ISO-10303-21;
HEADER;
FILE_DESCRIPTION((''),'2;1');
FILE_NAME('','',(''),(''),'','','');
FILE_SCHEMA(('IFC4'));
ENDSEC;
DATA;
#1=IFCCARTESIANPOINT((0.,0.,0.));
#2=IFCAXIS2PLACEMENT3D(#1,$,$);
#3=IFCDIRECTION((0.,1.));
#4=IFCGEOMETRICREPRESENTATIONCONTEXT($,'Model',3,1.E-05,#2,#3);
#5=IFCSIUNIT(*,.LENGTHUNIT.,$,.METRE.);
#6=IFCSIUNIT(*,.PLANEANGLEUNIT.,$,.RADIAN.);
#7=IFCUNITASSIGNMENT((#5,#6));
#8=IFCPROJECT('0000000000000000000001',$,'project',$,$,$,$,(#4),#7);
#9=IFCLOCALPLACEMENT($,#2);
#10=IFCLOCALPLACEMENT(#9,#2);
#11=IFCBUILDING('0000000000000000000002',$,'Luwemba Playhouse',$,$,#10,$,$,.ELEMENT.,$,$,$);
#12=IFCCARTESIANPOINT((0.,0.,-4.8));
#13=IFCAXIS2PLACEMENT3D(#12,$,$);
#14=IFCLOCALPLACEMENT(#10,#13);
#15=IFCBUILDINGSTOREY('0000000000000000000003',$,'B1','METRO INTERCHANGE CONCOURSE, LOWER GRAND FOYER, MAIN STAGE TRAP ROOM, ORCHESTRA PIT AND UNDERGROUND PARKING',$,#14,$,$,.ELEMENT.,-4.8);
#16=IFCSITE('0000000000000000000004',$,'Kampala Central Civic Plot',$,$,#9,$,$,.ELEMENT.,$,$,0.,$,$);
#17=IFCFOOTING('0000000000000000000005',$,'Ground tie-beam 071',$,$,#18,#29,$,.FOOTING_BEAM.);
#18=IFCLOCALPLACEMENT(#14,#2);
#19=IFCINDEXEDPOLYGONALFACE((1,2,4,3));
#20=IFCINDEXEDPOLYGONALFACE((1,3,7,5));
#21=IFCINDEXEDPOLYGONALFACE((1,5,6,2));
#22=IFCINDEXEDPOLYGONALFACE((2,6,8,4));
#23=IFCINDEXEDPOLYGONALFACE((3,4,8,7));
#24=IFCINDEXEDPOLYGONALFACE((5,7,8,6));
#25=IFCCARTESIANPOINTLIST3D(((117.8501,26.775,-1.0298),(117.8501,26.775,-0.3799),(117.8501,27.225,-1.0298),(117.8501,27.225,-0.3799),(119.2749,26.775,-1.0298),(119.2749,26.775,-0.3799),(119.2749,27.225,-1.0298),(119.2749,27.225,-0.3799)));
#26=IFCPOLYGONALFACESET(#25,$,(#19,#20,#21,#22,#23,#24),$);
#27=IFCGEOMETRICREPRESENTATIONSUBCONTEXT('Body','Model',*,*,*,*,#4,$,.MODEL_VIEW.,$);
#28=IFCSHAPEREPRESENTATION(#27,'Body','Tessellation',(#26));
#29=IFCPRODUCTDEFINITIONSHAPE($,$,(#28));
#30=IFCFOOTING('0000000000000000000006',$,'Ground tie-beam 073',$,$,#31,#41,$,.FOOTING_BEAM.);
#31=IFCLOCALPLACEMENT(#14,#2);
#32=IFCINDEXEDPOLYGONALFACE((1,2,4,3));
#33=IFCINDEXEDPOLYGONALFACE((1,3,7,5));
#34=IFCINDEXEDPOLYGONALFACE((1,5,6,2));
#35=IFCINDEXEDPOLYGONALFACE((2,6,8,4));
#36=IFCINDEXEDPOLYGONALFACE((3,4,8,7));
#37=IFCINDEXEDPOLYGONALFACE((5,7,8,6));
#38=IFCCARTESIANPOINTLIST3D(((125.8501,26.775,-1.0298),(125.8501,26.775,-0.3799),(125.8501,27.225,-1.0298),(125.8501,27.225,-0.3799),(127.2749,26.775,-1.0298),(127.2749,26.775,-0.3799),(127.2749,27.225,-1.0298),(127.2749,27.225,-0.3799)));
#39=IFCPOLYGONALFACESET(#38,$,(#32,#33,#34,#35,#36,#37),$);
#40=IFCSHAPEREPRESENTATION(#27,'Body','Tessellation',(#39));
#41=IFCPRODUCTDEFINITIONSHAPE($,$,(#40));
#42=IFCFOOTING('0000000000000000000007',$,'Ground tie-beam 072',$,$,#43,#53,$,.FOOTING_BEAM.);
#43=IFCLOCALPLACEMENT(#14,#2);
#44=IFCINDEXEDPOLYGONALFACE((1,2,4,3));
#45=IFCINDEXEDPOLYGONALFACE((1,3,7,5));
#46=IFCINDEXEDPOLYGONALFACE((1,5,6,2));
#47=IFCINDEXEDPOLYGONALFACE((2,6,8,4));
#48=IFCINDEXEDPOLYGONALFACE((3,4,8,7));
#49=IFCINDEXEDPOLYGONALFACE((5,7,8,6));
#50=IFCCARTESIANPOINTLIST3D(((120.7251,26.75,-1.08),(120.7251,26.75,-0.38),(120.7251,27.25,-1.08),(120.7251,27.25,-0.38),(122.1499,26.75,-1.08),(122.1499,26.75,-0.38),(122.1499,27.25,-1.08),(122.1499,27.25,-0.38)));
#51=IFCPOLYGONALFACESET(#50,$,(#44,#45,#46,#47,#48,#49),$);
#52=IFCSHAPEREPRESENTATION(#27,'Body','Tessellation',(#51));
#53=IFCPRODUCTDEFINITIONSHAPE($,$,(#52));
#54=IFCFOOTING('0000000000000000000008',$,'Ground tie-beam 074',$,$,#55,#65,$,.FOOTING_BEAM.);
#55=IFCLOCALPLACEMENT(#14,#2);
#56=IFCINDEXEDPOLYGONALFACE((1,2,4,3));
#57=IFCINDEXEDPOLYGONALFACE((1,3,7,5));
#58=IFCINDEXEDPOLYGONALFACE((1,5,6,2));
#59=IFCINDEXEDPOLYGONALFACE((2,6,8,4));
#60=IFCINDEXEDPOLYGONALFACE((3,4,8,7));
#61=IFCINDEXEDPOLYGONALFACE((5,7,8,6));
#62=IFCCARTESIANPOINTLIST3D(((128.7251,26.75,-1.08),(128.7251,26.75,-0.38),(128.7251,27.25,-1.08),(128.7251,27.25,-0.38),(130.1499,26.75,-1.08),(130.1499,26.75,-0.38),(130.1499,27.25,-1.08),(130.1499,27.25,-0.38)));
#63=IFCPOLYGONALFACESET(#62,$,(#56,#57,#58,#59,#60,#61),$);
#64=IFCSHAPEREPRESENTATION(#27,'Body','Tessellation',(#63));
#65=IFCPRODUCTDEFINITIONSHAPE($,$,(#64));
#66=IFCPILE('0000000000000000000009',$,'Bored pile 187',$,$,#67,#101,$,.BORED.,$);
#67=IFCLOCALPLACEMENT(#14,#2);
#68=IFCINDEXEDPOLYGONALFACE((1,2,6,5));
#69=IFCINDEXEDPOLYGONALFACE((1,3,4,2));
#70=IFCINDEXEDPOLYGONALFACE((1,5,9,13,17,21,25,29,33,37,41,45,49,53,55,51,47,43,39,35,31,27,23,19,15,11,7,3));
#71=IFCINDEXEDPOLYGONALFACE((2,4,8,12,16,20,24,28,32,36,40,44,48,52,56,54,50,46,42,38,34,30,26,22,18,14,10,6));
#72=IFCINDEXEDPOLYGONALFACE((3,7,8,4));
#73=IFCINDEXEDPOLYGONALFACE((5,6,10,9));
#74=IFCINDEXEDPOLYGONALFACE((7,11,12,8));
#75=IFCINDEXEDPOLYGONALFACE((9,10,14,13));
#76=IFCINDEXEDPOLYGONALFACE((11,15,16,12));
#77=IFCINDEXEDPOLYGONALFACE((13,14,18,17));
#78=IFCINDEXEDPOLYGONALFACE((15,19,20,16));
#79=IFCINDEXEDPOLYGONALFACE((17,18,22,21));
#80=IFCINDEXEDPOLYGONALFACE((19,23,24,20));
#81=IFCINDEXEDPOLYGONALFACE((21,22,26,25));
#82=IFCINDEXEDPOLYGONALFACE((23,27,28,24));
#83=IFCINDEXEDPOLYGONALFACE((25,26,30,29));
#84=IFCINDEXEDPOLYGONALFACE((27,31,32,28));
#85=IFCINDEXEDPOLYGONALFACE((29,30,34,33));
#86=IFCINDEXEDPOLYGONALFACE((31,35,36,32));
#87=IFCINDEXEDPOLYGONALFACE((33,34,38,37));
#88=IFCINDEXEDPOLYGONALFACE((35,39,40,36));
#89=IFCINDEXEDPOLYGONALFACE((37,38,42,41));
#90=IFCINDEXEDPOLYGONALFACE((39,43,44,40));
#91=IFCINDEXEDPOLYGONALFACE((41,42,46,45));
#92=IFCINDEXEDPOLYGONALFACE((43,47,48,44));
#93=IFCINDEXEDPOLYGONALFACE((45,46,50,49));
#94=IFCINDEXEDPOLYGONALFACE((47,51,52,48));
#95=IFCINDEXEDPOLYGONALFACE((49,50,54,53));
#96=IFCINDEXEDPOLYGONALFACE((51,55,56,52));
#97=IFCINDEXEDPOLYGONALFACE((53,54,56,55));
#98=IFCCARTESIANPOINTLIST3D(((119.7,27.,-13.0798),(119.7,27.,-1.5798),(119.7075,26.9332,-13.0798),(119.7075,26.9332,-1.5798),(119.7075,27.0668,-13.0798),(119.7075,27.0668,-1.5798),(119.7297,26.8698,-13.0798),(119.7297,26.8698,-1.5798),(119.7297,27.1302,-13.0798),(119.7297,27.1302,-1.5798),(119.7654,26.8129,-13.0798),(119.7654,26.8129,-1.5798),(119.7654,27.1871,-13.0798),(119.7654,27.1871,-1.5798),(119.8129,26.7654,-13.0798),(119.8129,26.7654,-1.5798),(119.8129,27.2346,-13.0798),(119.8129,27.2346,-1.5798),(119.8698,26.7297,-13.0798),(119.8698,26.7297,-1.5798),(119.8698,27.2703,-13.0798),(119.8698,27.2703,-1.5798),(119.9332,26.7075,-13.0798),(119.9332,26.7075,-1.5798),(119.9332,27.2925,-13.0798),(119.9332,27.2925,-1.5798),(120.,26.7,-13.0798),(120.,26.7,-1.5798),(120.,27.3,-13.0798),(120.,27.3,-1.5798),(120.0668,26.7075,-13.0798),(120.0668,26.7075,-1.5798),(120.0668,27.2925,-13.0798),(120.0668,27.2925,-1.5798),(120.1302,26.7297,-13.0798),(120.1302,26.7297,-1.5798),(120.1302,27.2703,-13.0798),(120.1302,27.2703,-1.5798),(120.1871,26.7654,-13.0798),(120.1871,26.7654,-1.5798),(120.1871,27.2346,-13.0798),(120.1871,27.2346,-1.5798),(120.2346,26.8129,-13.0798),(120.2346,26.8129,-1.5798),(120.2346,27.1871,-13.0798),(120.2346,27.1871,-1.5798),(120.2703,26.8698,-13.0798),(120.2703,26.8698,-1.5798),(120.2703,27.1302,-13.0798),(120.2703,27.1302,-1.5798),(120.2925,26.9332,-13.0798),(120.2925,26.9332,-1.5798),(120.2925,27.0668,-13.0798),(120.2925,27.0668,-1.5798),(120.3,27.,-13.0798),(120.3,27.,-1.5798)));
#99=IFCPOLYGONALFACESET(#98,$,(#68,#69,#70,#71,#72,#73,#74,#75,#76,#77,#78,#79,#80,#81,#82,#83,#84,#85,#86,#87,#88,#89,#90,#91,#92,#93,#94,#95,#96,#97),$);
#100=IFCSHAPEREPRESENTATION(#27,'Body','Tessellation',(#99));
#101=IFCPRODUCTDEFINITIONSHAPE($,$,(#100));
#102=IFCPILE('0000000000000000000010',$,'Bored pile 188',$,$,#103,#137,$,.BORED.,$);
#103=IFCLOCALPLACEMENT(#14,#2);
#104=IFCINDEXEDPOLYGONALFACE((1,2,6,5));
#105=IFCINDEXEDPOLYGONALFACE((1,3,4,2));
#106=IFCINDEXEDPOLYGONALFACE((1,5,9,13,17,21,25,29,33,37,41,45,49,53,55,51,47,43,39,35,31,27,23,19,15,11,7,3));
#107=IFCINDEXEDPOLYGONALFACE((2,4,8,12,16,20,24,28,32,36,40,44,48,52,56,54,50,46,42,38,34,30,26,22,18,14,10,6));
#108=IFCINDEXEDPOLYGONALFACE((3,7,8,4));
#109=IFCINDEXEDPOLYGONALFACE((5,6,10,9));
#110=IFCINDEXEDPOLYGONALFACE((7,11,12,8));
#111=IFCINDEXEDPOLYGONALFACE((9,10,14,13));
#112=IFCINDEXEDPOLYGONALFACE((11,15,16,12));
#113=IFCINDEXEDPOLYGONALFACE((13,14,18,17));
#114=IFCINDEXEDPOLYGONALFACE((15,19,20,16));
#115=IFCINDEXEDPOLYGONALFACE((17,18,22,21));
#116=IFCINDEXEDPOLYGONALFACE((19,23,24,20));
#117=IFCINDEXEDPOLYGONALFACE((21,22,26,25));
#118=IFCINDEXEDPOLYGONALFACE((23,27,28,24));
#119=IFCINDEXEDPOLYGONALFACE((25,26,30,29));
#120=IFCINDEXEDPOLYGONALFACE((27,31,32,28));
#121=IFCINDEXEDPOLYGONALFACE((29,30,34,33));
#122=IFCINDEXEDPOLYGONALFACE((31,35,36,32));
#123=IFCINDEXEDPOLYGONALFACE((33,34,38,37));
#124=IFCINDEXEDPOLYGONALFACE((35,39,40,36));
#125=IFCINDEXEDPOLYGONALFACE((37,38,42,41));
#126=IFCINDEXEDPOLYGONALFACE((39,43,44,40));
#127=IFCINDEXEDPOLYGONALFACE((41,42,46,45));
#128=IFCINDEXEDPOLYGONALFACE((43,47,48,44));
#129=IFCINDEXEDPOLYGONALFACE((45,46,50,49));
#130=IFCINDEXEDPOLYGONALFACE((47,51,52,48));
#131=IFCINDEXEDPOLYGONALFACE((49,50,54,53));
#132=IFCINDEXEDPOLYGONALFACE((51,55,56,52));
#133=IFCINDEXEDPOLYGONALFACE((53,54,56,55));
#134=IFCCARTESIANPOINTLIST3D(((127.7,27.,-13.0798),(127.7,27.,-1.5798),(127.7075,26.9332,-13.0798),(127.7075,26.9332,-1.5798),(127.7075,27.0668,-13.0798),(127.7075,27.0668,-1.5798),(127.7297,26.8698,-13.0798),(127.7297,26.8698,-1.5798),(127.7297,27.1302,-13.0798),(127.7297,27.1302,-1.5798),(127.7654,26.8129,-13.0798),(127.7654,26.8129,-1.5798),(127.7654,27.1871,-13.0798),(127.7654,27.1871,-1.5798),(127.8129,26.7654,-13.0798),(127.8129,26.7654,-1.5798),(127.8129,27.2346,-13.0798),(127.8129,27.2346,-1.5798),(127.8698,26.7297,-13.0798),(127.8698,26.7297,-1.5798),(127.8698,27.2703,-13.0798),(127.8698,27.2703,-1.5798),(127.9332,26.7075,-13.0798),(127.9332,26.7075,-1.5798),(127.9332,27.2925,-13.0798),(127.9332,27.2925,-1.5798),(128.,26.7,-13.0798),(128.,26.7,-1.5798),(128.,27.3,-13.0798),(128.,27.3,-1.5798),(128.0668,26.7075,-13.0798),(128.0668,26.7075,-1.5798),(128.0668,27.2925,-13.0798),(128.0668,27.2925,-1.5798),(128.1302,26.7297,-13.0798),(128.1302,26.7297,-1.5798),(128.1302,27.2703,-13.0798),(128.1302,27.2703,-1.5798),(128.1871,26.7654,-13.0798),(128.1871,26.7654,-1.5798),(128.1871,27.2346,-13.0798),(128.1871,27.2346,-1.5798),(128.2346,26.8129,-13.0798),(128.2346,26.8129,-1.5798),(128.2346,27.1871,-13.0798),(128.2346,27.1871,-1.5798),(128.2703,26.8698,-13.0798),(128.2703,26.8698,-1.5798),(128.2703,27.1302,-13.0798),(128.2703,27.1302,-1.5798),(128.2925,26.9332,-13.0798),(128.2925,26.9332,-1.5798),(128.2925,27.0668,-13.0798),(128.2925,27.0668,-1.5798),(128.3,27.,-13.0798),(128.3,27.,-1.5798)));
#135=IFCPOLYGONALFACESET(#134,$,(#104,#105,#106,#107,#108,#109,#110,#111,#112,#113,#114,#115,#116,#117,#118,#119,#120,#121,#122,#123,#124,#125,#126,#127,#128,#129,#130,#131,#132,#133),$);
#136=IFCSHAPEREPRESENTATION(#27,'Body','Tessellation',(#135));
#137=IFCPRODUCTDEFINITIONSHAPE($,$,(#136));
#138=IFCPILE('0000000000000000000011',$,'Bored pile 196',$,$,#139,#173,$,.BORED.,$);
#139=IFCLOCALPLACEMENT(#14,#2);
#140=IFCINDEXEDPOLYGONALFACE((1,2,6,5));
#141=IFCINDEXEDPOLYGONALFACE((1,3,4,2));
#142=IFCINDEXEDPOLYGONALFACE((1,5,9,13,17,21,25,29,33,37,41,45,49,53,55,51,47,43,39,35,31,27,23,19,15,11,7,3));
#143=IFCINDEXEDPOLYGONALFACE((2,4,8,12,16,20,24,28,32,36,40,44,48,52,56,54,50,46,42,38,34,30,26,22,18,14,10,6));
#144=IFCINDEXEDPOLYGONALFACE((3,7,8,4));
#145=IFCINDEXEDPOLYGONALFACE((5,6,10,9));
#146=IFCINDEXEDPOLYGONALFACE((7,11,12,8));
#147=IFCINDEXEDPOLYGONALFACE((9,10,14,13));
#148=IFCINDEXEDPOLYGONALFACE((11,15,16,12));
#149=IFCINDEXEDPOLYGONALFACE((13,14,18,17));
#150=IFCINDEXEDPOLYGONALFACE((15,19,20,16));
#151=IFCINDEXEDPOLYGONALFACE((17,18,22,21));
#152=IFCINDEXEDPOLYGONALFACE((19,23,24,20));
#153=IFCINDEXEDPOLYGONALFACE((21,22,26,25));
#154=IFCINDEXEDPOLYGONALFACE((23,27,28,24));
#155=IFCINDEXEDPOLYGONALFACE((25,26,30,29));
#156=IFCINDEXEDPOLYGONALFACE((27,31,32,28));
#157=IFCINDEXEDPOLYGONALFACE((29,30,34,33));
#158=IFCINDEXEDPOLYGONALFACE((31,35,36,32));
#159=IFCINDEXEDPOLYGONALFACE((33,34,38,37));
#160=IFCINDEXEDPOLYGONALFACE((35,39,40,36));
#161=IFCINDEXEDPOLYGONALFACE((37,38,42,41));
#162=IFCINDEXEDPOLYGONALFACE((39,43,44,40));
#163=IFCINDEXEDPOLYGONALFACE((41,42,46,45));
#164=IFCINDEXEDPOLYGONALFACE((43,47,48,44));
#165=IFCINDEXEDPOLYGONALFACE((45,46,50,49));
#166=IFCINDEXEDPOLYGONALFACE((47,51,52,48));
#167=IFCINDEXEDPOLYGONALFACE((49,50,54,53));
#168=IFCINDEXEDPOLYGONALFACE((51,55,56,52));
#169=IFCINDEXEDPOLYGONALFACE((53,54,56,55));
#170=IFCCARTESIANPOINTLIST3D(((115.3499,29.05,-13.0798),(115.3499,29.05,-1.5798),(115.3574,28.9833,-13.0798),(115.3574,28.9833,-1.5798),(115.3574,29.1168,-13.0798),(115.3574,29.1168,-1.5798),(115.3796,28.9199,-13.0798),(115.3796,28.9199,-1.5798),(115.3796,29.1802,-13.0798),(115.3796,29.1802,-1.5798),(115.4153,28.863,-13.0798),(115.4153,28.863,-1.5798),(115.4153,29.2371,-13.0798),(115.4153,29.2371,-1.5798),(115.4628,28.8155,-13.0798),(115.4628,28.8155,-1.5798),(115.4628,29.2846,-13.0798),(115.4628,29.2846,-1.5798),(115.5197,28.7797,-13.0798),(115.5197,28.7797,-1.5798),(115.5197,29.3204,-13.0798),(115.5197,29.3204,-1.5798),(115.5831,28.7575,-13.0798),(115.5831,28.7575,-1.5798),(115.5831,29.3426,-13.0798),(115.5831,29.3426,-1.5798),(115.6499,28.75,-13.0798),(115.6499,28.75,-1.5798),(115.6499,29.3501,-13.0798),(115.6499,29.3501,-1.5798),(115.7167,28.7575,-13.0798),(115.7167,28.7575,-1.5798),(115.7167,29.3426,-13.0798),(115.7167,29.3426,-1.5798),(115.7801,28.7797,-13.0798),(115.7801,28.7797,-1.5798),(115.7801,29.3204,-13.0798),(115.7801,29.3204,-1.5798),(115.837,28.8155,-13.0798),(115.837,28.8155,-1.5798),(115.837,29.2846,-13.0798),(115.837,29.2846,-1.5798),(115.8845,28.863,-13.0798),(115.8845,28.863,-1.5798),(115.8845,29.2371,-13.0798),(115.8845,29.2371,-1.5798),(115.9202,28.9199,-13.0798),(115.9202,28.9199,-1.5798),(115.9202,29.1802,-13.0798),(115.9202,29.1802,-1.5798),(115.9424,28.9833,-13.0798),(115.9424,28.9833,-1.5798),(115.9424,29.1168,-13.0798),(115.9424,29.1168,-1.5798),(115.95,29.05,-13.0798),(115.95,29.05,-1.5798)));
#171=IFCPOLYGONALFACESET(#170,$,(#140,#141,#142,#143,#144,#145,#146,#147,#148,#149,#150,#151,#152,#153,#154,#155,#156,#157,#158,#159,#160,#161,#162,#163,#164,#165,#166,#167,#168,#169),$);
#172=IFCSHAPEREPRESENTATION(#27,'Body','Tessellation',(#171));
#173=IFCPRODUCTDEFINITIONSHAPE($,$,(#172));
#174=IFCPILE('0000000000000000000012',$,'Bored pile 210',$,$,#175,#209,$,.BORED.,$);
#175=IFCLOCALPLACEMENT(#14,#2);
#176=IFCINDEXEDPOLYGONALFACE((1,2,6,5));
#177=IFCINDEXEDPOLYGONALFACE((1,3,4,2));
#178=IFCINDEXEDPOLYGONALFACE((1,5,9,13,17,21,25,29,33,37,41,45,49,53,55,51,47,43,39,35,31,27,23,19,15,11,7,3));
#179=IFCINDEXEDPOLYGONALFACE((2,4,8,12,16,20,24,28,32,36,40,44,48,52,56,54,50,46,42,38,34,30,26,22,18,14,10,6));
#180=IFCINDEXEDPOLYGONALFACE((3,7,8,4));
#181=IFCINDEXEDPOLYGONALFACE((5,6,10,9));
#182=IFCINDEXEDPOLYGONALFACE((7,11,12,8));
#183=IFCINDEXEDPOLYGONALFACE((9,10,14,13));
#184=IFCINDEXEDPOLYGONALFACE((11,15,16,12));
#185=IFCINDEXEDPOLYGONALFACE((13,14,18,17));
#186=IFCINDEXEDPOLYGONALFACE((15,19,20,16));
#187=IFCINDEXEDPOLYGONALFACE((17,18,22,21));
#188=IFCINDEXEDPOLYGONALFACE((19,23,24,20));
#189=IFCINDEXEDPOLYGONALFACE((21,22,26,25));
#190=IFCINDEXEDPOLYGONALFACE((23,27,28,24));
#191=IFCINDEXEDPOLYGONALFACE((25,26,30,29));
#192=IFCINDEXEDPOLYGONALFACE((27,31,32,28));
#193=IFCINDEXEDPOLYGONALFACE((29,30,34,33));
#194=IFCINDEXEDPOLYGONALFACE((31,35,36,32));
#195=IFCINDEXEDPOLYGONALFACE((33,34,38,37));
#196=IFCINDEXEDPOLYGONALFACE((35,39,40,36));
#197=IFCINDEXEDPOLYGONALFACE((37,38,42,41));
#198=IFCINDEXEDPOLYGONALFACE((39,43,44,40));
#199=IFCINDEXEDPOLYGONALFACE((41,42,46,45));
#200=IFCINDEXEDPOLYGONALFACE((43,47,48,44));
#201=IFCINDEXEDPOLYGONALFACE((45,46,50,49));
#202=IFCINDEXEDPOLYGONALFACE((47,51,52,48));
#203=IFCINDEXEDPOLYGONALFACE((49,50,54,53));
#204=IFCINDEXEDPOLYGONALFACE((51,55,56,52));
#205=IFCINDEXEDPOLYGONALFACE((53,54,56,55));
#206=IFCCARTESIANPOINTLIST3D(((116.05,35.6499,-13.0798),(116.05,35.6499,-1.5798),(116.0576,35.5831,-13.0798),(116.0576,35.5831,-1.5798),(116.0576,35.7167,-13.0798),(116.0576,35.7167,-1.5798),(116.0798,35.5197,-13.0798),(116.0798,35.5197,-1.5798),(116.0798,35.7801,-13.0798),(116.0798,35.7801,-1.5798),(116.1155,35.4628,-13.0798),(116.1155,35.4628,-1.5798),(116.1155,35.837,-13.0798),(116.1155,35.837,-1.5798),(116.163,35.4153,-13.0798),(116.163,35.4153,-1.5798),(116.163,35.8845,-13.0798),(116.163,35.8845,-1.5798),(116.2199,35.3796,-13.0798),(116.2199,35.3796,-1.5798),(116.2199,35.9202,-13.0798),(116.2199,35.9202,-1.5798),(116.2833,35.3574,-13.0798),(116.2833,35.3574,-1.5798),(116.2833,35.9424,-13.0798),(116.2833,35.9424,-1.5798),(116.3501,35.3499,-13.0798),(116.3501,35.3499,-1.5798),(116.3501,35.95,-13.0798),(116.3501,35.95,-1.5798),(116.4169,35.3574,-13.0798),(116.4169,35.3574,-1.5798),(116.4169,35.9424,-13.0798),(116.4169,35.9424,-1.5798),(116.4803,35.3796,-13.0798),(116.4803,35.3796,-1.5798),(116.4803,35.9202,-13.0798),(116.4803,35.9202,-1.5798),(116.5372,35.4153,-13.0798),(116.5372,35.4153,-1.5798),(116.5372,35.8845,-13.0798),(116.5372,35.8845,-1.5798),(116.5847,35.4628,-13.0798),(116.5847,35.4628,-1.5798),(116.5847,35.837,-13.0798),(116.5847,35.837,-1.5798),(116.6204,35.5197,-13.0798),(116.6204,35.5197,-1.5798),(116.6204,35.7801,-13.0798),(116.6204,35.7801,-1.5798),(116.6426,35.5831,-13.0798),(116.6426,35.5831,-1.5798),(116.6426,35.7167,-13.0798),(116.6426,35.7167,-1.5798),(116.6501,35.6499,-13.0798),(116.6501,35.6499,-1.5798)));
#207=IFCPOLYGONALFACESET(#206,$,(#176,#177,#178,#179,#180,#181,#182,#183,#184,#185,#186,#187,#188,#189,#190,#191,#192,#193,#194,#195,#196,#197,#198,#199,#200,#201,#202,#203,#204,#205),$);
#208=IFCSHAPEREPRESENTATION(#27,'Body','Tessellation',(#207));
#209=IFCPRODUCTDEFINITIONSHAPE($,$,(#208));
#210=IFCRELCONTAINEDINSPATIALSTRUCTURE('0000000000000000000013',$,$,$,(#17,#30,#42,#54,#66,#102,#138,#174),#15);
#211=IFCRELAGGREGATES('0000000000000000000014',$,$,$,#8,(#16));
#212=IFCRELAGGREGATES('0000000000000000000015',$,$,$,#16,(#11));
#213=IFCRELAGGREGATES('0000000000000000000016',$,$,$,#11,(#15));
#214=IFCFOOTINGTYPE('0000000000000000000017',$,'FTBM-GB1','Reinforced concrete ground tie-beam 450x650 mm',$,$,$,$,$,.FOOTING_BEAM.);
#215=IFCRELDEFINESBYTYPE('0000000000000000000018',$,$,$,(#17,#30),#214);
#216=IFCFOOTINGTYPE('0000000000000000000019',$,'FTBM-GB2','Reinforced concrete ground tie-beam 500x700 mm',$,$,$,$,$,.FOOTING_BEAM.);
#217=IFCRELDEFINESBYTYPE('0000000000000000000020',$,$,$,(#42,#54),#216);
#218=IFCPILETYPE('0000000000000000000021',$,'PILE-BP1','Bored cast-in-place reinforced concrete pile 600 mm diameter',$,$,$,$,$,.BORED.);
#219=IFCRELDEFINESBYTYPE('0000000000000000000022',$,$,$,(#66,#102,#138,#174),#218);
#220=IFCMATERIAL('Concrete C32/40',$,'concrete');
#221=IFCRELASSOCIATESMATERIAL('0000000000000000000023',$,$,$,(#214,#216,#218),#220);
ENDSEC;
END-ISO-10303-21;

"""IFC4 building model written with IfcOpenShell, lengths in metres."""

from ifc_helpers import new_model, si_unit, direction, frame, origin, origin_2d, place, context, subcontext, project, spatial, rectangle, circle, extrude, material, material_profile, profile_set, type_object, element, save


model = new_model("IFC4")

# Units and contexts
model_context = context("Model", 3, precision=1e-05, world=origin(), true_north=direction((0.0, 1.0)))
body_context = subcontext(model_context, "Body", "Model", "MODEL_VIEW")
ifc_project = project(units=[si_unit("LENGTHUNIT", "METRE"), si_unit("PLANEANGLEUNIT", "RADIAN")], contexts=[model_context])

# Site, building, storey
site_placement = place(None, origin())
site = spatial("IfcSite", under=ifc_project, at=site_placement, Name="Kampala Central Civic Plot", CompositionType="ELEMENT", RefElevation=0.0)
building_placement = place(site_placement, origin())
building = spatial("IfcBuilding", under=site, at=building_placement, Name="Luwemba Playhouse", CompositionType="ELEMENT")
storey_placement = place(building_placement, frame((0.0, 0.0, -4.8)))
storey = spatial("IfcBuildingStorey", under=building, at=storey_placement, Name="B1", Description="METRO INTERCHANGE CONCOURSE, LOWER GRAND FOYER, MAIN STAGE TRAP ROOM, ORCHESTRA PIT AND UNDERGROUND PARKING", CompositionType="ELEMENT", Elevation=-4.8)

# Footings
ifc_material_1 = material(Name="Concrete C32/40", Category="concrete")
ifc_material_profile_1 = material_profile(ifc_material_1, rectangle(XDim=0.45, YDim=0.6499, at=origin_2d()))
ifc_profile_set_1 = profile_set([ifc_material_profile_1], Name="Concrete C32/40")
footing_type_1 = type_object("IfcFootingType", Name="FTBM-GB1", Description="Reinforced concrete ground tie-beam 450x650 mm", PredefinedType="FOOTING_BEAM", material=ifc_profile_set_1)
for number, where, z_axis, x_axis, name in (
    (1, (117.8501, 27.0, -0.7048), (1.0, 0.0, 0.0), (0.0, 1.0, 0.0), "Ground tie-beam 071"),
    (2, (125.8501, 27.0, -0.7048), (1.0, 0.0, 0.0), (0.0, 1.0, 0.0), "Ground tie-beam 073"),
):
    element("IfcFooting", number, at=place(storey_placement, frame(where, z_axis=z_axis, x_axis=x_axis)), inside=storey, type_object=footing_type_1, Name=name, PredefinedType="FOOTING_BEAM", context=body_context, shape_type="SweptSolid", body=[
        extrude(rectangle(XDim=0.45, YDim=0.6499, at=origin_2d()), origin(), (0.0, 0.0, 1.0), 1.4248),
    ])
ifc_material_profile_2 = material_profile(ifc_material_1, rectangle(XDim=0.5, YDim=0.7, at=origin_2d()))
ifc_profile_set_2 = profile_set([ifc_material_profile_2], Name="Concrete C32/40")
footing_type_2 = type_object("IfcFootingType", Name="FTBM-GB2", Description="Reinforced concrete ground tie-beam 500x700 mm", PredefinedType="FOOTING_BEAM", material=ifc_profile_set_2)
for number, where, z_axis, x_axis, name in (
    (3, (120.7251, 27.0, -0.73), (1.0, 0.0, 0.0), (0.0, 1.0, 0.0), "Ground tie-beam 072"),
    (4, (128.7251, 27.0, -0.73), (1.0, 0.0, 0.0), (0.0, 1.0, 0.0), "Ground tie-beam 074"),
):
    element("IfcFooting", number, at=place(storey_placement, frame(where, z_axis=z_axis, x_axis=x_axis)), inside=storey, type_object=footing_type_2, Name=name, PredefinedType="FOOTING_BEAM", context=body_context, shape_type="SweptSolid", body=[
        extrude(rectangle(XDim=0.5, YDim=0.7, at=origin_2d()), origin(), (0.0, 0.0, 1.0), 1.4248),
    ])

# Piles
ifc_material_profile_3 = material_profile(ifc_material_1, circle(Radius=0.3, at=origin_2d()))
ifc_profile_set_3 = profile_set([ifc_material_profile_3], Name="Concrete C32/40")
pile_type_1 = type_object("IfcPileType", Name="PILE-BP1", Description="Bored cast-in-place reinforced concrete pile 600 mm diameter", PredefinedType="BORED", material=ifc_profile_set_3)
for number, where, z_axis, x_axis, name in (
    (5, (120.0, 27.0, -1.5798), (0.0, 0.0, -1.0), (1.0, 0.0, 0.0), "Bored pile 187"),
    (6, (128.0, 27.0, -1.5798), (0.0, 0.0, -1.0), (1.0, 0.0, 0.0), "Bored pile 188"),
    (7, (115.6499, 29.05, -1.5798), (0.0, 0.0, -1.0), (1.0, 0.0, 0.0), "Bored pile 196"),
    (8, (116.3501, 35.6499, -1.5798), (0.0, 0.0, -1.0), (1.0, 0.0, 0.0), "Bored pile 210"),
):
    element("IfcPile", number, at=place(storey_placement, frame(where, z_axis=z_axis, x_axis=x_axis)), inside=storey, type_object=pile_type_1, Name=name, PredefinedType="BORED", context=body_context, shape_type="SweptSolid", body=[
        extrude(circle(Radius=0.3, at=origin_2d()), origin(), (0.0, 0.0, 1.0), 11.5),
    ])

save(model, "model.ifc")
